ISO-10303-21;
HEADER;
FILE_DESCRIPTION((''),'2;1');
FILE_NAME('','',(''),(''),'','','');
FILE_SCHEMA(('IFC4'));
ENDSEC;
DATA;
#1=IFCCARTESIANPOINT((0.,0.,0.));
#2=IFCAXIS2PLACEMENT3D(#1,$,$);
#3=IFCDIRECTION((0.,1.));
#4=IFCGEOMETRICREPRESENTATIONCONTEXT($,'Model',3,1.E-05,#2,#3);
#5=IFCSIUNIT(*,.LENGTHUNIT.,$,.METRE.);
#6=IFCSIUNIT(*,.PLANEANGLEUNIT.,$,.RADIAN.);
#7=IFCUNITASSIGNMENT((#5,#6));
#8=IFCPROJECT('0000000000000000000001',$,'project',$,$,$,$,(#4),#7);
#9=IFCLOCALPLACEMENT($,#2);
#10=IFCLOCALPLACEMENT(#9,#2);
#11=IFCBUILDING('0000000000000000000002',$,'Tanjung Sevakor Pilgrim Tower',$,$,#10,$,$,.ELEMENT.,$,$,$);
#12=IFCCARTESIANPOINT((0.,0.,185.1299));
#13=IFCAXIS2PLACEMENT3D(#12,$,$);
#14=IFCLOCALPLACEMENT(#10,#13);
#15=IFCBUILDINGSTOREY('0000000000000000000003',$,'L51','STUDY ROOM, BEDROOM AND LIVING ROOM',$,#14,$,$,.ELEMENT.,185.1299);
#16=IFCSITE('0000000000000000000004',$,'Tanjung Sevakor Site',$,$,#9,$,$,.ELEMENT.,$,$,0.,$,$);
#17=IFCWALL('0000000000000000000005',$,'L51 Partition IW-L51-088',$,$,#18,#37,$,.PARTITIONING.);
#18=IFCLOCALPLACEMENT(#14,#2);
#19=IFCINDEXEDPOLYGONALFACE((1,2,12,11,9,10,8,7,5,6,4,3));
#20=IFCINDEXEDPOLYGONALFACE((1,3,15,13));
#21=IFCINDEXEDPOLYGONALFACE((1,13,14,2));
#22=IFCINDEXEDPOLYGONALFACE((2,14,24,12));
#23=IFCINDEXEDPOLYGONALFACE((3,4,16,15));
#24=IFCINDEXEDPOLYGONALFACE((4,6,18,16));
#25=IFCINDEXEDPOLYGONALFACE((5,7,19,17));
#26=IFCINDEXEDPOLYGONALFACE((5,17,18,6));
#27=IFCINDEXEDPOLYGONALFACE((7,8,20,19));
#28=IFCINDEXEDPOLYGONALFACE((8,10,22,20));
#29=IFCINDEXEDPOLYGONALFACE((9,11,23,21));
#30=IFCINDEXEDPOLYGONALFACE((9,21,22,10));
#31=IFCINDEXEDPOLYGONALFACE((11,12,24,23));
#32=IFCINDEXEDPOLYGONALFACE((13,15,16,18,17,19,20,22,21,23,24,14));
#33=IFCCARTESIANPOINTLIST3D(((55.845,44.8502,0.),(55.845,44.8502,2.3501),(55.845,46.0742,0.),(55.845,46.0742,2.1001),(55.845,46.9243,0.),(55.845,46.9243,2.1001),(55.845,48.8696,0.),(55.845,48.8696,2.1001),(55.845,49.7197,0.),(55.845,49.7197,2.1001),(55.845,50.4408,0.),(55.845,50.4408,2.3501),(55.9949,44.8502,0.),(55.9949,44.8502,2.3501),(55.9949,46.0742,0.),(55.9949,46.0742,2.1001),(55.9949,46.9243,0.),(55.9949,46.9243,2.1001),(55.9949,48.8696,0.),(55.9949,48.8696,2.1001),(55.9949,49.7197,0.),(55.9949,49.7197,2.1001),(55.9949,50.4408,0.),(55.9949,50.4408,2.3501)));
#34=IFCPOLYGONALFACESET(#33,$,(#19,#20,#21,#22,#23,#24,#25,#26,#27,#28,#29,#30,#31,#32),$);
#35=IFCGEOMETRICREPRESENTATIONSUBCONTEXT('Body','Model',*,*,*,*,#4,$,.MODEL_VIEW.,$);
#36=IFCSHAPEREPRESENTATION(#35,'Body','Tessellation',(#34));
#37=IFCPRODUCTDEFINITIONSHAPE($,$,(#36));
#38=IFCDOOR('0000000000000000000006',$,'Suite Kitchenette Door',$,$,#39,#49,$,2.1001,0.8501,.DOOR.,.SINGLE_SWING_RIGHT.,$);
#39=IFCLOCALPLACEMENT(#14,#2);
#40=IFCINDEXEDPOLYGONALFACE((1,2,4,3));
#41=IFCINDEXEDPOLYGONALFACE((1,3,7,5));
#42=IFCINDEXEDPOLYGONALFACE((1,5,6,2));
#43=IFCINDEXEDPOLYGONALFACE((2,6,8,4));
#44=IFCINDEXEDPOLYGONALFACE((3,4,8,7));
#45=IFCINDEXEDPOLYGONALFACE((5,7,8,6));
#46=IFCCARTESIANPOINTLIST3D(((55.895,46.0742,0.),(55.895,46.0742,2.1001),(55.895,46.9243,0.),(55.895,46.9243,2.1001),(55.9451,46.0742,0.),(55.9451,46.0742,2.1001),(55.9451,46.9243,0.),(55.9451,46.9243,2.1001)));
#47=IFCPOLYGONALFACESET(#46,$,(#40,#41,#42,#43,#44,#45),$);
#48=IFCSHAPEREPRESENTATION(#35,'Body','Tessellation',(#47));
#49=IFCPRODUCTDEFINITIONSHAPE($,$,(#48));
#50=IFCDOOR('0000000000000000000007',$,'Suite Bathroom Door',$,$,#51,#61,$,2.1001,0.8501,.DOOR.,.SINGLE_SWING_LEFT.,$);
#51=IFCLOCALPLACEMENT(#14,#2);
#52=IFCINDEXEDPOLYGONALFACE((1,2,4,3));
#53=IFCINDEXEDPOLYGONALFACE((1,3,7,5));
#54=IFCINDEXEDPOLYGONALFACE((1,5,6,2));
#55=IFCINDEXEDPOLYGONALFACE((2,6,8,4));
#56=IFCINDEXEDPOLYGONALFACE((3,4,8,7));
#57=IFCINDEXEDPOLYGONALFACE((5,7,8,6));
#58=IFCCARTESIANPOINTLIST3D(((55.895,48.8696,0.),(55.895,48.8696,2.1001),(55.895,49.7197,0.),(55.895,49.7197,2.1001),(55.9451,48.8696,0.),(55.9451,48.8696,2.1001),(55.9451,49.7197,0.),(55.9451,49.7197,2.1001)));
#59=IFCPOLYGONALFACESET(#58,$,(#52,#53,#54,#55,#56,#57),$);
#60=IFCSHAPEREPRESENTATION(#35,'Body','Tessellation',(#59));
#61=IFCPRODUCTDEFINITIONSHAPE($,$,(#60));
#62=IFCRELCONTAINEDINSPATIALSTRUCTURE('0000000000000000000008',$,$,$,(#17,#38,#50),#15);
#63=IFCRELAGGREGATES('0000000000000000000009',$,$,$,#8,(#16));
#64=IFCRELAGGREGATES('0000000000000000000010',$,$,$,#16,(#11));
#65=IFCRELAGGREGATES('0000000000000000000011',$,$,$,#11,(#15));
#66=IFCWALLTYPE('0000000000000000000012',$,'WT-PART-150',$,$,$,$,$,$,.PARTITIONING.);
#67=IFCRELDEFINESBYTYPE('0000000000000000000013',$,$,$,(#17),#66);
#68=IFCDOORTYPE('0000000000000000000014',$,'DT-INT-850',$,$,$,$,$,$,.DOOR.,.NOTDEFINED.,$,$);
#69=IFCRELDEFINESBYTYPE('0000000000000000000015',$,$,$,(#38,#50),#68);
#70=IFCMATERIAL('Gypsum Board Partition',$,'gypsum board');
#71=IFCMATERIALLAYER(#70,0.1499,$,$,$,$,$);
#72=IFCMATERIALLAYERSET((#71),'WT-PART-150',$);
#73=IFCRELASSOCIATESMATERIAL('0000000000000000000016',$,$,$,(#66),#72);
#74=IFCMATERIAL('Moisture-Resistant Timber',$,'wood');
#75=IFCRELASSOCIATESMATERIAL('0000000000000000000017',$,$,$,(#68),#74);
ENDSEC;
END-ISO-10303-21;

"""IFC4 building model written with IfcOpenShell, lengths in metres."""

from ifc_helpers import new_model, si_unit, direction, frame, frame_2d, origin, place, context, subcontext, project, spatial, rectangle, extrude, material, layer, layer_set, type_object, element, fill, save


model = new_model("IFC4")

# Units and contexts
model_context = context("Model", 3, precision=1e-05, world=origin(), true_north=direction((0.0, 1.0)))
body_context = subcontext(model_context, "Body", "Model", "MODEL_VIEW")
ifc_project = project(units=[si_unit("LENGTHUNIT", "METRE"), si_unit("PLANEANGLEUNIT", "RADIAN")], contexts=[model_context])

# Site, building, storey
site_placement = place(None, origin())
site = spatial("IfcSite", under=ifc_project, at=site_placement, Name="Tanjung Sevakor Site", CompositionType="ELEMENT", RefElevation=0.0)
building_placement = place(site_placement, origin())
building = spatial("IfcBuilding", under=site, at=building_placement, Name="Tanjung Sevakor Pilgrim Tower", CompositionType="ELEMENT")
storey_placement = place(building_placement, frame((0.0, 0.0, 185.1299)))
storey = spatial("IfcBuildingStorey", under=building, at=storey_placement, Name="L51", Description="STUDY ROOM, BEDROOM AND LIVING ROOM", CompositionType="ELEMENT", Elevation=185.1299)

# Wall, openings, doors
ifc_material_1 = material(Name="Gypsum Board Partition", Category="gypsum board")
ifc_layer_1 = layer(ifc_material_1, 0.1499)
ifc_layer_set_1 = layer_set([ifc_layer_1], Name="WT-PART-150")
wall_type_1 = type_object("IfcWallType", Name="WT-PART-150", PredefinedType="PARTITIONING", material=ifc_layer_set_1)
wall_1_placement = place(storey_placement, frame((55.9199, 44.8501, 0.0), z_axis=(0.0, 0.0, 1.0), x_axis=(0.0, 1.0, 0.0)))
wall_1 = element("IfcWall", 1, at=wall_1_placement, inside=storey, type_object=wall_type_1, Name="L51 Partition IW-L51-088", PredefinedType="PARTITIONING", context=body_context, shape_type="SweptSolid", body=[
    extrude(rectangle(XDim=5.5906, YDim=0.1499, at=frame_2d((2.7954, 0.0))), origin(), (0.0, 0.0, 1.0), 2.3501),
])
opening_1_placement = place(wall_1_placement, frame((1.2241, 0.0, 0.0)))
opening_1 = element("IfcOpeningElement", 2, at=opening_1_placement, cuts=wall_1, PredefinedType="OPENING", context=body_context, shape_type="SweptSolid", body=[
    extrude(rectangle(XDim=0.8501, YDim=2.1001, at=frame_2d((0.425, 1.05))), frame((0.0, 0.085, 0.0), z_axis=(0.0, -1.0, 0.0), x_axis=(1.0, 0.0, 0.0)), (0.0, 0.0, 1.0), 0.1699),
])
opening_2_placement = place(wall_1_placement, frame((4.0195, 0.0, 0.0)))
opening_2 = element("IfcOpeningElement", 3, at=opening_2_placement, cuts=wall_1, PredefinedType="OPENING", context=body_context, shape_type="SweptSolid", body=[
    extrude(rectangle(XDim=0.8501, YDim=2.1001, at=frame_2d((0.425, 1.05))), frame((0.0, 0.085, 0.0), z_axis=(0.0, -1.0, 0.0), x_axis=(1.0, 0.0, 0.0)), (0.0, 0.0, 1.0), 0.1699),
])
ifc_material_2 = material(Name="Moisture-Resistant Timber", Category="wood")
door_type_1 = type_object("IfcDoorType", Name="DT-INT-850", OperationType="NOTDEFINED", PredefinedType="DOOR", material=ifc_material_2)
door_1_placement = place(opening_1_placement, origin())
door_1 = element("IfcDoor", 4, at=door_1_placement, inside=storey, type_object=door_type_1, Name="Suite Kitchenette Door", OperationType="SINGLE_SWING_RIGHT", OverallHeight=2.1001, OverallWidth=0.8501, PredefinedType="DOOR", context=body_context, shape_type="SweptSolid", body=[
    extrude(rectangle(XDim=0.8501, YDim=2.1001, at=frame_2d((0.425, 1.05))), frame((0.0, 0.0249, 0.0), z_axis=(0.0, -1.0, 0.0), x_axis=(1.0, 0.0, 0.0)), (0.0, 0.0, 1.0), 0.05),
])
fill(opening_1, door_1)
door_2_placement = place(opening_2_placement, origin())
door_2 = element("IfcDoor", 5, at=door_2_placement, inside=storey, type_object=door_type_1, Name="Suite Bathroom Door", OperationType="SINGLE_SWING_LEFT", OverallHeight=2.1001, OverallWidth=0.8501, PredefinedType="DOOR", context=body_context, shape_type="SweptSolid", body=[
    extrude(rectangle(XDim=0.8501, YDim=2.1001, at=frame_2d((0.425, 1.05))), frame((0.0, 0.0249, 0.0), z_axis=(0.0, -1.0, 0.0), x_axis=(1.0, 0.0, 0.0)), (0.0, 0.0, 1.0), 0.05),
])
fill(opening_2, door_2)

save(model, "model.ifc")
